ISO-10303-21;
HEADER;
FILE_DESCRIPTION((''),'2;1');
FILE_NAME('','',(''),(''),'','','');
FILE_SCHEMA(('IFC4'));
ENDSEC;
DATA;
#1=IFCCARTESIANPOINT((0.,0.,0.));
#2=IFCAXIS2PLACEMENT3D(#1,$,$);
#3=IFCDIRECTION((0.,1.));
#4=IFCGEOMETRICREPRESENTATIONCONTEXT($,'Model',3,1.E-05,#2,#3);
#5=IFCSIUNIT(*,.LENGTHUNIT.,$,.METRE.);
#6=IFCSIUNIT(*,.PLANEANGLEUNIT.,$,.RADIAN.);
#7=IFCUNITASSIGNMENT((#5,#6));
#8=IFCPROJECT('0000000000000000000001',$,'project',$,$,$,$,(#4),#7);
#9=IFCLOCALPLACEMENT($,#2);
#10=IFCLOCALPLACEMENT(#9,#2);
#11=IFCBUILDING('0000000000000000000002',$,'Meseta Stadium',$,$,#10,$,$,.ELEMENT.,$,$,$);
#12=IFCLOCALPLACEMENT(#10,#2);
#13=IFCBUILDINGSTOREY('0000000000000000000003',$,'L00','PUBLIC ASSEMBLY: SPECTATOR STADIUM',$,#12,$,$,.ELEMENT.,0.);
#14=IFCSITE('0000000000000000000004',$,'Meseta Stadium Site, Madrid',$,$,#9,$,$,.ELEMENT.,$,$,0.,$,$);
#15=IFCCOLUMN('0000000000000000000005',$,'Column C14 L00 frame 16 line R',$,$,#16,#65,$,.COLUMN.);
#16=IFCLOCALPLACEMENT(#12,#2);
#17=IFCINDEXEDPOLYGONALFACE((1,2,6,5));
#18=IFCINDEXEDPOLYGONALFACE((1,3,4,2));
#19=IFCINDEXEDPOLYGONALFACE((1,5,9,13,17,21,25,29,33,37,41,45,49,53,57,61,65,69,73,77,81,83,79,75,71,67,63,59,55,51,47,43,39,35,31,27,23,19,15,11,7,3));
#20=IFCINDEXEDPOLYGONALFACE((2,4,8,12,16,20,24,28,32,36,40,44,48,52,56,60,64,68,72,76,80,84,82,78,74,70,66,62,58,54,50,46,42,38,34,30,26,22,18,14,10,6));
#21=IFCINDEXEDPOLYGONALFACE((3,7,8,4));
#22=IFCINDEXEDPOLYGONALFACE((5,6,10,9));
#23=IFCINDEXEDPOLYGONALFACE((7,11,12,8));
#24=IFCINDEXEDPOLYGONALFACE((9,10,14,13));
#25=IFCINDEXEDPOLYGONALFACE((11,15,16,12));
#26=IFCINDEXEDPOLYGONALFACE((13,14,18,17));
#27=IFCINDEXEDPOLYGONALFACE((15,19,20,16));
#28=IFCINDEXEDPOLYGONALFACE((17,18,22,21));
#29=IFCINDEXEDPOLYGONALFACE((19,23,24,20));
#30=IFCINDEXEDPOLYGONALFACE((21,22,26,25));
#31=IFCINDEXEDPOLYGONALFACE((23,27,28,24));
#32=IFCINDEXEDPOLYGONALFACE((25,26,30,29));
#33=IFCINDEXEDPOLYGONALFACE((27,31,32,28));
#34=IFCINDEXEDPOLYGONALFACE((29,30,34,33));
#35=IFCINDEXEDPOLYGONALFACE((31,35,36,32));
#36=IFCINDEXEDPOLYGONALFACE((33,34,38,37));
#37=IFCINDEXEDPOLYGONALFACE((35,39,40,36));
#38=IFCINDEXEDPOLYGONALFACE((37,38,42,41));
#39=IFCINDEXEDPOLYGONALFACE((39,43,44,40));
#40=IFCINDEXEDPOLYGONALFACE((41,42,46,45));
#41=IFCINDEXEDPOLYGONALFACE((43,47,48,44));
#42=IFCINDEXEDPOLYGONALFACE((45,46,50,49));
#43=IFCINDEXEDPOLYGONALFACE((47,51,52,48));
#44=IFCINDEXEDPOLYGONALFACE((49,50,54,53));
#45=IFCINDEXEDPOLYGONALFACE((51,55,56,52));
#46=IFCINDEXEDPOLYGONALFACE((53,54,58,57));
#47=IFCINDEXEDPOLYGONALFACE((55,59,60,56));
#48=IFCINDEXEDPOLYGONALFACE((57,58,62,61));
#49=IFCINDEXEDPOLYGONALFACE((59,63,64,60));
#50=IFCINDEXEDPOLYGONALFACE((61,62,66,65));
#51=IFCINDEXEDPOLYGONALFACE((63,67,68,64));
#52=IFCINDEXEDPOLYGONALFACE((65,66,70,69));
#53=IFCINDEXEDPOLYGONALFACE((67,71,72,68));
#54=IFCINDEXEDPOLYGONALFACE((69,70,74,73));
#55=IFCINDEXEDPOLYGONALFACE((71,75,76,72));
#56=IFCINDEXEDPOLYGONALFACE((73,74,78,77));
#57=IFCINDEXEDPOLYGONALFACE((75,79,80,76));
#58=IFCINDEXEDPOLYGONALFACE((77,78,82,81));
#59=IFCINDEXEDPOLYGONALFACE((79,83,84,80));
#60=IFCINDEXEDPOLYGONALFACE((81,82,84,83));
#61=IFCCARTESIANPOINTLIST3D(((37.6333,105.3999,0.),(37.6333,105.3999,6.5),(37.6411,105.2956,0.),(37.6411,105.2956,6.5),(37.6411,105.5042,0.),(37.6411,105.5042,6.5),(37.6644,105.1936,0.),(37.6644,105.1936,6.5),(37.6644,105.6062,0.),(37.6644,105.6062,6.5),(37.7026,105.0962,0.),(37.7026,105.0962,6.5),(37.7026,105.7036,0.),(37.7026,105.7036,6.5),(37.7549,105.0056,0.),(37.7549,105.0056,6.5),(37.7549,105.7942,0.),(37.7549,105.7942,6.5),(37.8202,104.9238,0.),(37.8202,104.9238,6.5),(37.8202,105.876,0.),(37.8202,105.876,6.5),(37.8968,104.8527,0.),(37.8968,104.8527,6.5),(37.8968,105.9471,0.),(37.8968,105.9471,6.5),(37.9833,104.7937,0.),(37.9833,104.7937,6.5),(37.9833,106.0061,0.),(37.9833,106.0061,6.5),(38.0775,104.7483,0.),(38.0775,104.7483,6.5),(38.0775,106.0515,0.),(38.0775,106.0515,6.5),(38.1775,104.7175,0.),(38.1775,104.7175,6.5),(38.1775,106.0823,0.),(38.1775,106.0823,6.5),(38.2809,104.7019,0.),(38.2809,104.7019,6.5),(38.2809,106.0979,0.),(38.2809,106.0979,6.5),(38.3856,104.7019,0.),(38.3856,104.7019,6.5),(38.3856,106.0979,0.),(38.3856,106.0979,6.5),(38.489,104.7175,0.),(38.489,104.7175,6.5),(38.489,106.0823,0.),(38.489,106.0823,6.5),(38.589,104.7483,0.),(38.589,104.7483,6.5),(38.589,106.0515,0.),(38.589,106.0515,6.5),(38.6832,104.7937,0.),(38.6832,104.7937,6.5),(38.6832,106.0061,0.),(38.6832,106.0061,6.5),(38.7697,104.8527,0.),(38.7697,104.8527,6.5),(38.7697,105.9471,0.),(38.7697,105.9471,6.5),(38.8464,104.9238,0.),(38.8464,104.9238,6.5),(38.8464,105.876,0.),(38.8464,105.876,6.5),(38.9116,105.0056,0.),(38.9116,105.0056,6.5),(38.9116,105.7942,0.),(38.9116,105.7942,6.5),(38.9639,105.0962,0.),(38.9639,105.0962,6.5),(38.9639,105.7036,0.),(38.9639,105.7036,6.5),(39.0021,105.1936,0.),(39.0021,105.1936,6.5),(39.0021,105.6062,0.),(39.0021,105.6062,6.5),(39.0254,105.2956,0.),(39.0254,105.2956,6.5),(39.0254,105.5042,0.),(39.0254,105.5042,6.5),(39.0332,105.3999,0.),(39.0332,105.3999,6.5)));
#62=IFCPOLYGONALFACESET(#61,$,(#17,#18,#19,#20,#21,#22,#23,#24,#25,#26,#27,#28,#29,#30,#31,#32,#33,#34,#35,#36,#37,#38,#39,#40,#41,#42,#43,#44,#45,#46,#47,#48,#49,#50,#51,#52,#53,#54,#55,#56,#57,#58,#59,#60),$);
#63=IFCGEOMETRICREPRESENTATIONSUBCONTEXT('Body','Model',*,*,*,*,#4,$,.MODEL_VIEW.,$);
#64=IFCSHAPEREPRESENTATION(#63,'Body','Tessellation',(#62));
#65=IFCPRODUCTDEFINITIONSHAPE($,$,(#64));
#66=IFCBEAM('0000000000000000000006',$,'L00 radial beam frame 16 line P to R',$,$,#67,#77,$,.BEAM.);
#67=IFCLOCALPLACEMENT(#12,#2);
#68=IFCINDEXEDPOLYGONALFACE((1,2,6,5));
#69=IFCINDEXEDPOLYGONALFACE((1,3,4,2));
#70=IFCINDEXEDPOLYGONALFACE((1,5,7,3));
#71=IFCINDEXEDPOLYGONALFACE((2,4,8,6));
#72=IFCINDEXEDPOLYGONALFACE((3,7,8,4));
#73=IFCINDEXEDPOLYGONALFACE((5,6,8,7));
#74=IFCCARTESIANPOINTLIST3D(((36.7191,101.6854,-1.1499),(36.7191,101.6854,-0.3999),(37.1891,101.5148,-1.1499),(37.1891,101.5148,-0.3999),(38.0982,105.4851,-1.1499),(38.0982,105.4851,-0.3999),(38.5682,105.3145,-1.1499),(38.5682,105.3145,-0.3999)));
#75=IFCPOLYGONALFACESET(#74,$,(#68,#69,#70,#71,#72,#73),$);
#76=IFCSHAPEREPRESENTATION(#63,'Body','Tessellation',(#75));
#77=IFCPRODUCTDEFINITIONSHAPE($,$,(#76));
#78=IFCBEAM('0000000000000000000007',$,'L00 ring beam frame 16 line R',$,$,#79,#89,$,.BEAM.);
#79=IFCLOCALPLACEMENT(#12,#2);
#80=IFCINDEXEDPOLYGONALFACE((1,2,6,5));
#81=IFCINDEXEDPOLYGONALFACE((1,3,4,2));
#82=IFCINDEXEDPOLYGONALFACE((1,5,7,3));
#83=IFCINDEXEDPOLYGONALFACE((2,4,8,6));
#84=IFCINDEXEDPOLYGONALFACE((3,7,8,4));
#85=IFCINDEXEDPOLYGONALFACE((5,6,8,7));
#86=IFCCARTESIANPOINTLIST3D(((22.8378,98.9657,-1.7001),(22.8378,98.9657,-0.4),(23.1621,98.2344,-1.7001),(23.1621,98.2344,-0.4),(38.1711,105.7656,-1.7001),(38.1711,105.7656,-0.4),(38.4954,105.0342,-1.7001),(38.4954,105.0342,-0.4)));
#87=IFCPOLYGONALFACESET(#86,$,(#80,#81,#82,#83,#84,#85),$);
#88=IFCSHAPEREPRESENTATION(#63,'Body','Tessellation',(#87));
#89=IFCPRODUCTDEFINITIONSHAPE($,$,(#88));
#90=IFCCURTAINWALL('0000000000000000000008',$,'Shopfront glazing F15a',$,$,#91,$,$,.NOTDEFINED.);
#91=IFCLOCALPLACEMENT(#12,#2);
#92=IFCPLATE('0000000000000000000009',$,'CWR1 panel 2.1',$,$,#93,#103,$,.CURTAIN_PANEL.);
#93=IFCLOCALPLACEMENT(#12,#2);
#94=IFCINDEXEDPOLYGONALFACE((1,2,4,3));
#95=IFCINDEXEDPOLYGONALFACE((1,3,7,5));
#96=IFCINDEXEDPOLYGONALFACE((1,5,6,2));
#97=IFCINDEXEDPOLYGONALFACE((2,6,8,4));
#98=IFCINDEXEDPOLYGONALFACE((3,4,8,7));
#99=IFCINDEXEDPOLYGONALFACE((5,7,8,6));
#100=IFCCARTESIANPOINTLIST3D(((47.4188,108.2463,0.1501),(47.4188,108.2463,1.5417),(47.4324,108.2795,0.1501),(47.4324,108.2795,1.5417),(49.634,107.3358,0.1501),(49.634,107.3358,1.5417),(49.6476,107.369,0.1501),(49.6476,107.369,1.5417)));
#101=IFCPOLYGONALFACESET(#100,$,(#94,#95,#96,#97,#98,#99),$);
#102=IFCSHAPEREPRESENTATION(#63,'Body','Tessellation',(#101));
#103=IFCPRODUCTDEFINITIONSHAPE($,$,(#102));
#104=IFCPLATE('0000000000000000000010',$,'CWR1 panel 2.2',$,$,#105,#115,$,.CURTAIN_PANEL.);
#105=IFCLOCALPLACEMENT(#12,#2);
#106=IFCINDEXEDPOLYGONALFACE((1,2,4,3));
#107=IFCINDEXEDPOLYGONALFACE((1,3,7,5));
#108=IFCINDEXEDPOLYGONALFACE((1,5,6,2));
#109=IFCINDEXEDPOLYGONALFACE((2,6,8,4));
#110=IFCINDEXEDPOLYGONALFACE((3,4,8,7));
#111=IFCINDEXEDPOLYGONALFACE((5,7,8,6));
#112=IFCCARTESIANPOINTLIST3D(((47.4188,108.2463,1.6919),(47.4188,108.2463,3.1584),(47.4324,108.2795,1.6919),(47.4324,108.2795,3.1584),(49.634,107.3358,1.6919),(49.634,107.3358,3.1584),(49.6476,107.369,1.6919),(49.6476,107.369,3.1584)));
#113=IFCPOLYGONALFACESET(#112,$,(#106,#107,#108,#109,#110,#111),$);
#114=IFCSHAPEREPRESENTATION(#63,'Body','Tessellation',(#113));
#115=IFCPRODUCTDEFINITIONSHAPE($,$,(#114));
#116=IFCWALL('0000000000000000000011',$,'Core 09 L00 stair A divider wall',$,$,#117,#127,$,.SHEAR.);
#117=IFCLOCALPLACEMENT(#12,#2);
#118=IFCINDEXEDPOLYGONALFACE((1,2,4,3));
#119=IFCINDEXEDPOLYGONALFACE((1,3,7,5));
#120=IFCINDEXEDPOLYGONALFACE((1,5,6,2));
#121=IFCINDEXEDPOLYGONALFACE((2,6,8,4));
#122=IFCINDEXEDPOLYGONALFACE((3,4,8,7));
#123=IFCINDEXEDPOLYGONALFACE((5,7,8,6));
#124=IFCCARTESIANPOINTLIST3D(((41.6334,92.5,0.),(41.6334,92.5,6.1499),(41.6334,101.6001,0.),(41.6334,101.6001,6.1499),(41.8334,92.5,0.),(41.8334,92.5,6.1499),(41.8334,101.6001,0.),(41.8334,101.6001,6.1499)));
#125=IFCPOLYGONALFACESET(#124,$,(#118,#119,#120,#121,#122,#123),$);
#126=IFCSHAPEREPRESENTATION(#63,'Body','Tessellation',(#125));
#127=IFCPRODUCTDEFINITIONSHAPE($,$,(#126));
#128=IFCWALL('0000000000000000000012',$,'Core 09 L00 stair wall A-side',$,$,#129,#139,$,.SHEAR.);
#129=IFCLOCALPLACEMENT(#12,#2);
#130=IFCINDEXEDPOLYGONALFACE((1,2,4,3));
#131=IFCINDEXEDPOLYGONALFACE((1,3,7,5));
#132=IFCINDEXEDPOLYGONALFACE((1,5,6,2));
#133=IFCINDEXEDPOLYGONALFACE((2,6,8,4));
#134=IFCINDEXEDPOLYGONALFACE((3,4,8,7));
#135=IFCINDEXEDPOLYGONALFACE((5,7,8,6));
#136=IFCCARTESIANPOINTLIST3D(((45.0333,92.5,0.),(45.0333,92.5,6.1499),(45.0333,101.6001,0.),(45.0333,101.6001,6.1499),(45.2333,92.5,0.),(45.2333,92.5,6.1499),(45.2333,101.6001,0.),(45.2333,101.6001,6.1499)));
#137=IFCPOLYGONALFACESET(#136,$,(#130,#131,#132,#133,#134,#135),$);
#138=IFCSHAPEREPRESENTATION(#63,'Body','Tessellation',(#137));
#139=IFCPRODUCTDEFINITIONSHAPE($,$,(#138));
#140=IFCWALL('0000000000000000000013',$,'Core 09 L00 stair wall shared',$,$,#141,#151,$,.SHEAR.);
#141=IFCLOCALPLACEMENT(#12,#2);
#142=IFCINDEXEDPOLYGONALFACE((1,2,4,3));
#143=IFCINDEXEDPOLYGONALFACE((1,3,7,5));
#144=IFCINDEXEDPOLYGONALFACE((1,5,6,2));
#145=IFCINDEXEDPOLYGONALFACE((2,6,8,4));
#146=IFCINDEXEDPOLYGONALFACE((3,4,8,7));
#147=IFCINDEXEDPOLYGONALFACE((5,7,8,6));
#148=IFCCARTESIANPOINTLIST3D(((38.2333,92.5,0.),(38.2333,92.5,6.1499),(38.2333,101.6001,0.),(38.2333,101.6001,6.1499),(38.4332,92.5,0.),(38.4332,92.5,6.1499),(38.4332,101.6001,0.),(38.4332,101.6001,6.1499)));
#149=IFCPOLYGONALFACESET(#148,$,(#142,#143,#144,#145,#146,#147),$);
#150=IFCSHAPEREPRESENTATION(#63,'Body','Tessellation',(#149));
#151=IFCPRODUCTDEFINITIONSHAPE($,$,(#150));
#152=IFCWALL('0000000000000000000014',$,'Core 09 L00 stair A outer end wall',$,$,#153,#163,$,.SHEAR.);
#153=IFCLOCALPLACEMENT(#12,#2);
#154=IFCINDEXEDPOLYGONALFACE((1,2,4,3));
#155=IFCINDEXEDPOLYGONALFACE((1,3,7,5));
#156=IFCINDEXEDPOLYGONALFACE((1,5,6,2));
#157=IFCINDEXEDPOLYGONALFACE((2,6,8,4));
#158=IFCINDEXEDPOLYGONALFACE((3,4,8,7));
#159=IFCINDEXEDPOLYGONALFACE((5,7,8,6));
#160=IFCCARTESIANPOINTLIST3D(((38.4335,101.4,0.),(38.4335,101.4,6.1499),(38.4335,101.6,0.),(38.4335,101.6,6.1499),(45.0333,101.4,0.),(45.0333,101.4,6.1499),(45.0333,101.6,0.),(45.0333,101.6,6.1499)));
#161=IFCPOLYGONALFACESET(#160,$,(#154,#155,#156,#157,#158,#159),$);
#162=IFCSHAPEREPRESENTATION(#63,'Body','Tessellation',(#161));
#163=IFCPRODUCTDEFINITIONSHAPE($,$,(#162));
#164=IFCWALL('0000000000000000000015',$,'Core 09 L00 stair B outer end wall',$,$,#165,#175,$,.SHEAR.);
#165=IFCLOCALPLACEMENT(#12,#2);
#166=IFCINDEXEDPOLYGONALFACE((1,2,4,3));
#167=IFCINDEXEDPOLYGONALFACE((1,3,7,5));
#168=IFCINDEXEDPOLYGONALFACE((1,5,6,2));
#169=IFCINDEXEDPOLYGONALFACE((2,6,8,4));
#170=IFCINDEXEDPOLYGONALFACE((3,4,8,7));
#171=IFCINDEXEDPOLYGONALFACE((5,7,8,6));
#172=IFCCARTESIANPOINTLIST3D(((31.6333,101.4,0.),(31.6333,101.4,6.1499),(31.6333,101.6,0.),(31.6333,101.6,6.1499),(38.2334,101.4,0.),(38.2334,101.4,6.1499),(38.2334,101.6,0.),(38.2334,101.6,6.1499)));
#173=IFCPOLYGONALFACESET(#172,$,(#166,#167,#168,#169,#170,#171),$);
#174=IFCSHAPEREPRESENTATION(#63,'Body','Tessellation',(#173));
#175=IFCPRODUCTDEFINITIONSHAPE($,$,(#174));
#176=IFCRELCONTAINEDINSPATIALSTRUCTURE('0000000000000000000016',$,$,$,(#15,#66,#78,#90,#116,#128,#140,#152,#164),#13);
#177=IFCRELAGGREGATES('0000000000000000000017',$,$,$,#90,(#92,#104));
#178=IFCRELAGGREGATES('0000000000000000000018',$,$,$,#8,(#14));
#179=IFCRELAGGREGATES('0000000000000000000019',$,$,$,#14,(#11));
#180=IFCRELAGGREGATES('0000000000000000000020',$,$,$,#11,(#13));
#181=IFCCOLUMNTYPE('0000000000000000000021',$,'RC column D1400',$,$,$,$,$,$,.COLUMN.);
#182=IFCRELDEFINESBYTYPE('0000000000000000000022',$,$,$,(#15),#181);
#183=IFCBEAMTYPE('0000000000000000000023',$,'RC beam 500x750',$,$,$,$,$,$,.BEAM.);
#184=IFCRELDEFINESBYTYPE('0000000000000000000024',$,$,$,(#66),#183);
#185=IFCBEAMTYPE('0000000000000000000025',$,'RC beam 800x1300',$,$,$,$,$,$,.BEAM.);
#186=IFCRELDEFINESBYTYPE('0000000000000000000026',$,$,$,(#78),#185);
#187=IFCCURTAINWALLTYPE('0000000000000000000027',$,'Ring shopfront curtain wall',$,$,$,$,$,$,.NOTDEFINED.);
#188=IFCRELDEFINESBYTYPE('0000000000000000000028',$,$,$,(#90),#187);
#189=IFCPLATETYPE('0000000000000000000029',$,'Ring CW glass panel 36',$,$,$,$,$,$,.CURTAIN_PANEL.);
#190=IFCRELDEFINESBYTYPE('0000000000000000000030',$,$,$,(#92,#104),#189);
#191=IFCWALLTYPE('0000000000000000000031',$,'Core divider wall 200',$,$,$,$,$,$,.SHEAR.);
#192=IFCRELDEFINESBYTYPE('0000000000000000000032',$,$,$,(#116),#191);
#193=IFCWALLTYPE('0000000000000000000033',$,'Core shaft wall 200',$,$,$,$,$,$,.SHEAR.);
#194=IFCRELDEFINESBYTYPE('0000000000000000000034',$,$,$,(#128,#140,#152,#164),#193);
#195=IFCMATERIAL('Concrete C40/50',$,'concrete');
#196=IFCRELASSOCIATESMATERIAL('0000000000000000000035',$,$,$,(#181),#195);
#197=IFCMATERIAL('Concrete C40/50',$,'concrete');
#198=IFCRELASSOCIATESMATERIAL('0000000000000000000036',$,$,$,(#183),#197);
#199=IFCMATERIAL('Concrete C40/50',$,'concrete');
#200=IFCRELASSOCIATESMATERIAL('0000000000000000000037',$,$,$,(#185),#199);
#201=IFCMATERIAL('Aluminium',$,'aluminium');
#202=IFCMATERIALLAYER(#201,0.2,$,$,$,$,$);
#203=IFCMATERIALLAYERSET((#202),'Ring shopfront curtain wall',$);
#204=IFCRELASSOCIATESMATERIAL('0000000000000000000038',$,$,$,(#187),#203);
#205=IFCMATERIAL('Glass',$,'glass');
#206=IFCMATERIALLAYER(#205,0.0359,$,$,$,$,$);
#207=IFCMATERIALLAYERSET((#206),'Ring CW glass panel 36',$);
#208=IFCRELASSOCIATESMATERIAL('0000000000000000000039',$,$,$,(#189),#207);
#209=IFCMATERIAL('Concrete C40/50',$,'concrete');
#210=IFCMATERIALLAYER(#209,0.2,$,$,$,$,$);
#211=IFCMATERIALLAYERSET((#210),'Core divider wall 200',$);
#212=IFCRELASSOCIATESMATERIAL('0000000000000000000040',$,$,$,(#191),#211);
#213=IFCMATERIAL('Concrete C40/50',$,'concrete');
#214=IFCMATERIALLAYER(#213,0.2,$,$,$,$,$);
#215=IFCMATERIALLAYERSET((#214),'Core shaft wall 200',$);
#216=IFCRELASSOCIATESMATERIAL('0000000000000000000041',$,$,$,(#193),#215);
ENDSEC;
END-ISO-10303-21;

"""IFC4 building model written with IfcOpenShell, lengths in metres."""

from ifc_helpers import new_model, si_unit, direction, frame, frame_2d, origin, origin_2d, place, context, subcontext, project, spatial, rectangle, circle, extrude, material, layer, layer_set, material_profile, profile_set, type_object, element, aggregate, save


model = new_model("IFC4")

# Units and contexts
model_context = context("Model", 3, precision=1e-05, world=origin(), true_north=direction((0.0, 1.0)))
body_context = subcontext(model_context, "Body", "Model", "MODEL_VIEW")
ifc_project = project(units=[si_unit("LENGTHUNIT", "METRE"), si_unit("PLANEANGLEUNIT", "RADIAN")], contexts=[model_context])

# Site, building, storey
site_placement = place(None, origin())
site = spatial("IfcSite", under=ifc_project, at=site_placement, Name="Meseta Stadium Site, Madrid", CompositionType="ELEMENT", RefElevation=0.0)
building_placement = place(site_placement, origin())
building = spatial("IfcBuilding", under=site, at=building_placement, Name="Meseta Stadium", CompositionType="ELEMENT")
storey_placement = place(building_placement, origin())
storey = spatial("IfcBuildingStorey", under=building, at=storey_placement, Name="L00", Description="PUBLIC ASSEMBLY: SPECTATOR STADIUM", CompositionType="ELEMENT", Elevation=0.0)

# Column
ifc_material_1 = material(Name="Concrete C40/50", Category="concrete")
ifc_material_profile_1 = material_profile(ifc_material_1, circle(Radius=0.7, at=origin_2d()), Name="RC D1400")
ifc_profile_set_1 = profile_set([ifc_material_profile_1], Name="Concrete C40/50")
column_type = type_object("IfcColumnType", Name="RC column D1400", PredefinedType="COLUMN", material=ifc_profile_set_1)
column_placement = place(storey_placement, frame((38.3333, 105.3999, 0.0), z_axis=(0.0, 0.0, 1.0), x_axis=(1.0, 0.0, 0.0)))
element("IfcColumn", 1, at=column_placement, inside=storey, type_object=column_type, Name="Column C14 L00 frame 16 line R", PredefinedType="COLUMN", context=body_context, shape_type="SweptSolid", body=[
    extrude(circle(Radius=0.7, at=origin_2d()), origin(), (0.0, 0.0, 1.0), 6.5),
])

# Beams
ifc_material_2 = material(Name="Concrete C40/50", Category="concrete")
ifc_material_profile_2 = material_profile(ifc_material_2, rectangle(XDim=0.5, YDim=0.75, at=origin_2d()), Name="RC 500x750")
ifc_profile_set_2 = profile_set([ifc_material_profile_2], Name="Concrete C40/50")
beam_type_1 = type_object("IfcBeamType", Name="RC beam 500x750", PredefinedType="BEAM", material=ifc_profile_set_2)
beam_1_placement = place(storey_placement, frame((36.9541, 101.6001, -0.7749), z_axis=(0.341176, 0.94, 0.0), x_axis=(-0.94, 0.341176, 0.0)))
element("IfcBeam", 2, at=beam_1_placement, inside=storey, type_object=beam_type_1, Name="L00 radial beam frame 16 line P to R", PredefinedType="BEAM", context=body_context, shape_type="SweptSolid", body=[
    extrude(rectangle(XDim=0.5, YDim=0.75, at=origin_2d()), origin(), (0.0, 0.0, 1.0), 4.0422),
])
ifc_material_3 = material(Name="Concrete C40/50", Category="concrete")
ifc_material_profile_3 = material_profile(ifc_material_3, rectangle(XDim=0.8, YDim=1.3, at=origin_2d()), Name="RC 800x1300")
ifc_profile_set_3 = profile_set([ifc_material_profile_3], Name="Concrete C40/50")
beam_type_2 = type_object("IfcBeamType", Name="RC beam 800x1300", PredefinedType="BEAM", material=ifc_profile_set_3)
beam_2_placement = place(storey_placement, frame((38.3333, 105.3999, -1.05), z_axis=(-0.914143, -0.405393, 0.0), x_axis=(0.405393, -0.914143, 0.0)))
element("IfcBeam", 3, at=beam_2_placement, inside=storey, type_object=beam_type_2, Name="L00 ring beam frame 16 line R", PredefinedType="BEAM", context=body_context, shape_type="SweptSolid", body=[
    extrude(rectangle(XDim=0.8, YDim=1.3, at=origin_2d()), origin(), (0.0, 0.0, 1.0), 16.7734),
])

# Curtain wall, plates
ifc_material_4 = material(Name="Aluminium", Category="aluminium")
ifc_layer_1 = layer(ifc_material_4, 0.2)
ifc_layer_set_1 = layer_set([ifc_layer_1], Name="Ring shopfront curtain wall")
curtain_wall_type = type_object("IfcCurtainWallType", Name="Ring shopfront curtain wall", PredefinedType="NOTDEFINED", material=ifc_layer_set_1)
curtain_wall_placement = place(storey_placement, origin())
curtain_wall = element("IfcCurtainWall", 4, at=curtain_wall_placement, inside=storey, type_object=curtain_wall_type, Name="Shopfront glazing F15a", PredefinedType="NOTDEFINED")
ifc_material_5 = material(Name="Glass", Category="glass")
ifc_layer_2 = layer(ifc_material_5, 0.0359)
ifc_layer_set_2 = layer_set([ifc_layer_2], Name="Ring CW glass panel 36")
plate_type = type_object("IfcPlateType", Name="Ring CW glass panel 36", PredefinedType="CURTAIN_PANEL", material=ifc_layer_set_2)
plate_1_placement = place(storey_placement, frame((48.5332, 107.8076, 0.1501), z_axis=(0.0, 0.0, 1.0), x_axis=(-0.92492, 0.380161, 0.0)))
plate_1 = element("IfcPlate", 5, at=plate_1_placement, type_object=plate_type, Name="CWR1 panel 2.1", PredefinedType="CURTAIN_PANEL", context=body_context, shape_type="SweptSolid", body=[
    extrude(rectangle(XDim=2.395, YDim=0.0359, at=origin_2d()), origin(), (0.0, 0.0, 1.0), 1.3916),
])
plate_2_placement = place(storey_placement, frame((48.5332, 107.8076, 1.6919), z_axis=(0.0, 0.0, 1.0), x_axis=(-0.92492, 0.380161, 0.0)))
plate_2 = element("IfcPlate", 6, at=plate_2_placement, type_object=plate_type, Name="CWR1 panel 2.2", PredefinedType="CURTAIN_PANEL", context=body_context, shape_type="SweptSolid", body=[
    extrude(rectangle(XDim=2.395, YDim=0.0359, at=origin_2d()), origin(), (0.0, 0.0, 1.0), 1.4666),
])
aggregate(curtain_wall, [plate_1, plate_2])

# Walls
ifc_material_6 = material(Name="Concrete C40/50", Category="concrete")
ifc_layer_3 = layer(ifc_material_6, 0.2)
ifc_layer_set_3 = layer_set([ifc_layer_3], Name="Core divider wall 200")
wall_type_1 = type_object("IfcWallType", Name="Core divider wall 200", PredefinedType="SHEAR", material=ifc_layer_set_3)
wall_1_placement = place(storey_placement, frame((41.7334, 101.6001, 0.0), z_axis=(0.0, 0.0, 1.0), x_axis=(0.0, -1.0, 0.0)))
element("IfcWall", 7, at=wall_1_placement, inside=storey, type_object=wall_type_1, Name="Core 09 L00 stair A divider wall", PredefinedType="SHEAR", context=body_context, shape_type="SweptSolid", body=[
    extrude(rectangle(XDim=9.1001, YDim=0.2, at=frame_2d((4.55, 0.0))), origin(), (0.0, 0.0, 1.0), 6.1499),
])
ifc_material_7 = material(Name="Concrete C40/50", Category="concrete")
ifc_layer_4 = layer(ifc_material_7, 0.2)
ifc_layer_set_4 = layer_set([ifc_layer_4], Name="Core shaft wall 200")
wall_type_2 = type_object("IfcWallType", Name="Core shaft wall 200", PredefinedType="SHEAR", material=ifc_layer_set_4)
for number, where, z_axis, x_axis, name in (
    (8, (45.1333, 101.6001, 0.0), (0.0, 0.0, 1.0), (0.0, -1.0, 0.0), "Core 09 L00 stair wall A-side"),
    (9, (38.3333, 101.6001, 0.0), (0.0, 0.0, 1.0), (0.0, -1.0, 0.0), "Core 09 L00 stair wall shared"),
):
    element("IfcWall", number, at=place(storey_placement, frame(where, z_axis=z_axis, x_axis=x_axis)), inside=storey, type_object=wall_type_2, Name=name, PredefinedType="SHEAR", context=body_context, shape_type="SweptSolid", body=[
        extrude(rectangle(XDim=9.1001, YDim=0.2, at=frame_2d((4.55, 0.0))), origin(), (0.0, 0.0, 1.0), 6.1499),
    ])
wall_2_placement = place(storey_placement, frame((45.0332, 101.5, 0.0), z_axis=(0.0, 0.0, 1.0), x_axis=(-1.0, 0.0, 0.0)))
element("IfcWall", 10, at=wall_2_placement, inside=storey, type_object=wall_type_2, Name="Core 09 L00 stair A outer end wall", PredefinedType="SHEAR", context=body_context, shape_type="SweptSolid", body=[
    extrude(rectangle(XDim=6.5999, YDim=0.2, at=frame_2d((3.2998, 0.0))), origin(), (0.0, 0.0, 1.0), 6.1499),
])
wall_3_placement = place(storey_placement, frame((38.2334, 101.5, 0.0), z_axis=(0.0, 0.0, 1.0), x_axis=(-1.0, 0.0, 0.0)))
element("IfcWall", 11, at=wall_3_placement, inside=storey, type_object=wall_type_2, Name="Core 09 L00 stair B outer end wall", PredefinedType="SHEAR", context=body_context, shape_type="SweptSolid", body=[
    extrude(rectangle(XDim=6.6001, YDim=0.2, at=frame_2d((3.3, 0.0))), origin(), (0.0, 0.0, 1.0), 6.1499),
])

save(model, "model.ifc")
